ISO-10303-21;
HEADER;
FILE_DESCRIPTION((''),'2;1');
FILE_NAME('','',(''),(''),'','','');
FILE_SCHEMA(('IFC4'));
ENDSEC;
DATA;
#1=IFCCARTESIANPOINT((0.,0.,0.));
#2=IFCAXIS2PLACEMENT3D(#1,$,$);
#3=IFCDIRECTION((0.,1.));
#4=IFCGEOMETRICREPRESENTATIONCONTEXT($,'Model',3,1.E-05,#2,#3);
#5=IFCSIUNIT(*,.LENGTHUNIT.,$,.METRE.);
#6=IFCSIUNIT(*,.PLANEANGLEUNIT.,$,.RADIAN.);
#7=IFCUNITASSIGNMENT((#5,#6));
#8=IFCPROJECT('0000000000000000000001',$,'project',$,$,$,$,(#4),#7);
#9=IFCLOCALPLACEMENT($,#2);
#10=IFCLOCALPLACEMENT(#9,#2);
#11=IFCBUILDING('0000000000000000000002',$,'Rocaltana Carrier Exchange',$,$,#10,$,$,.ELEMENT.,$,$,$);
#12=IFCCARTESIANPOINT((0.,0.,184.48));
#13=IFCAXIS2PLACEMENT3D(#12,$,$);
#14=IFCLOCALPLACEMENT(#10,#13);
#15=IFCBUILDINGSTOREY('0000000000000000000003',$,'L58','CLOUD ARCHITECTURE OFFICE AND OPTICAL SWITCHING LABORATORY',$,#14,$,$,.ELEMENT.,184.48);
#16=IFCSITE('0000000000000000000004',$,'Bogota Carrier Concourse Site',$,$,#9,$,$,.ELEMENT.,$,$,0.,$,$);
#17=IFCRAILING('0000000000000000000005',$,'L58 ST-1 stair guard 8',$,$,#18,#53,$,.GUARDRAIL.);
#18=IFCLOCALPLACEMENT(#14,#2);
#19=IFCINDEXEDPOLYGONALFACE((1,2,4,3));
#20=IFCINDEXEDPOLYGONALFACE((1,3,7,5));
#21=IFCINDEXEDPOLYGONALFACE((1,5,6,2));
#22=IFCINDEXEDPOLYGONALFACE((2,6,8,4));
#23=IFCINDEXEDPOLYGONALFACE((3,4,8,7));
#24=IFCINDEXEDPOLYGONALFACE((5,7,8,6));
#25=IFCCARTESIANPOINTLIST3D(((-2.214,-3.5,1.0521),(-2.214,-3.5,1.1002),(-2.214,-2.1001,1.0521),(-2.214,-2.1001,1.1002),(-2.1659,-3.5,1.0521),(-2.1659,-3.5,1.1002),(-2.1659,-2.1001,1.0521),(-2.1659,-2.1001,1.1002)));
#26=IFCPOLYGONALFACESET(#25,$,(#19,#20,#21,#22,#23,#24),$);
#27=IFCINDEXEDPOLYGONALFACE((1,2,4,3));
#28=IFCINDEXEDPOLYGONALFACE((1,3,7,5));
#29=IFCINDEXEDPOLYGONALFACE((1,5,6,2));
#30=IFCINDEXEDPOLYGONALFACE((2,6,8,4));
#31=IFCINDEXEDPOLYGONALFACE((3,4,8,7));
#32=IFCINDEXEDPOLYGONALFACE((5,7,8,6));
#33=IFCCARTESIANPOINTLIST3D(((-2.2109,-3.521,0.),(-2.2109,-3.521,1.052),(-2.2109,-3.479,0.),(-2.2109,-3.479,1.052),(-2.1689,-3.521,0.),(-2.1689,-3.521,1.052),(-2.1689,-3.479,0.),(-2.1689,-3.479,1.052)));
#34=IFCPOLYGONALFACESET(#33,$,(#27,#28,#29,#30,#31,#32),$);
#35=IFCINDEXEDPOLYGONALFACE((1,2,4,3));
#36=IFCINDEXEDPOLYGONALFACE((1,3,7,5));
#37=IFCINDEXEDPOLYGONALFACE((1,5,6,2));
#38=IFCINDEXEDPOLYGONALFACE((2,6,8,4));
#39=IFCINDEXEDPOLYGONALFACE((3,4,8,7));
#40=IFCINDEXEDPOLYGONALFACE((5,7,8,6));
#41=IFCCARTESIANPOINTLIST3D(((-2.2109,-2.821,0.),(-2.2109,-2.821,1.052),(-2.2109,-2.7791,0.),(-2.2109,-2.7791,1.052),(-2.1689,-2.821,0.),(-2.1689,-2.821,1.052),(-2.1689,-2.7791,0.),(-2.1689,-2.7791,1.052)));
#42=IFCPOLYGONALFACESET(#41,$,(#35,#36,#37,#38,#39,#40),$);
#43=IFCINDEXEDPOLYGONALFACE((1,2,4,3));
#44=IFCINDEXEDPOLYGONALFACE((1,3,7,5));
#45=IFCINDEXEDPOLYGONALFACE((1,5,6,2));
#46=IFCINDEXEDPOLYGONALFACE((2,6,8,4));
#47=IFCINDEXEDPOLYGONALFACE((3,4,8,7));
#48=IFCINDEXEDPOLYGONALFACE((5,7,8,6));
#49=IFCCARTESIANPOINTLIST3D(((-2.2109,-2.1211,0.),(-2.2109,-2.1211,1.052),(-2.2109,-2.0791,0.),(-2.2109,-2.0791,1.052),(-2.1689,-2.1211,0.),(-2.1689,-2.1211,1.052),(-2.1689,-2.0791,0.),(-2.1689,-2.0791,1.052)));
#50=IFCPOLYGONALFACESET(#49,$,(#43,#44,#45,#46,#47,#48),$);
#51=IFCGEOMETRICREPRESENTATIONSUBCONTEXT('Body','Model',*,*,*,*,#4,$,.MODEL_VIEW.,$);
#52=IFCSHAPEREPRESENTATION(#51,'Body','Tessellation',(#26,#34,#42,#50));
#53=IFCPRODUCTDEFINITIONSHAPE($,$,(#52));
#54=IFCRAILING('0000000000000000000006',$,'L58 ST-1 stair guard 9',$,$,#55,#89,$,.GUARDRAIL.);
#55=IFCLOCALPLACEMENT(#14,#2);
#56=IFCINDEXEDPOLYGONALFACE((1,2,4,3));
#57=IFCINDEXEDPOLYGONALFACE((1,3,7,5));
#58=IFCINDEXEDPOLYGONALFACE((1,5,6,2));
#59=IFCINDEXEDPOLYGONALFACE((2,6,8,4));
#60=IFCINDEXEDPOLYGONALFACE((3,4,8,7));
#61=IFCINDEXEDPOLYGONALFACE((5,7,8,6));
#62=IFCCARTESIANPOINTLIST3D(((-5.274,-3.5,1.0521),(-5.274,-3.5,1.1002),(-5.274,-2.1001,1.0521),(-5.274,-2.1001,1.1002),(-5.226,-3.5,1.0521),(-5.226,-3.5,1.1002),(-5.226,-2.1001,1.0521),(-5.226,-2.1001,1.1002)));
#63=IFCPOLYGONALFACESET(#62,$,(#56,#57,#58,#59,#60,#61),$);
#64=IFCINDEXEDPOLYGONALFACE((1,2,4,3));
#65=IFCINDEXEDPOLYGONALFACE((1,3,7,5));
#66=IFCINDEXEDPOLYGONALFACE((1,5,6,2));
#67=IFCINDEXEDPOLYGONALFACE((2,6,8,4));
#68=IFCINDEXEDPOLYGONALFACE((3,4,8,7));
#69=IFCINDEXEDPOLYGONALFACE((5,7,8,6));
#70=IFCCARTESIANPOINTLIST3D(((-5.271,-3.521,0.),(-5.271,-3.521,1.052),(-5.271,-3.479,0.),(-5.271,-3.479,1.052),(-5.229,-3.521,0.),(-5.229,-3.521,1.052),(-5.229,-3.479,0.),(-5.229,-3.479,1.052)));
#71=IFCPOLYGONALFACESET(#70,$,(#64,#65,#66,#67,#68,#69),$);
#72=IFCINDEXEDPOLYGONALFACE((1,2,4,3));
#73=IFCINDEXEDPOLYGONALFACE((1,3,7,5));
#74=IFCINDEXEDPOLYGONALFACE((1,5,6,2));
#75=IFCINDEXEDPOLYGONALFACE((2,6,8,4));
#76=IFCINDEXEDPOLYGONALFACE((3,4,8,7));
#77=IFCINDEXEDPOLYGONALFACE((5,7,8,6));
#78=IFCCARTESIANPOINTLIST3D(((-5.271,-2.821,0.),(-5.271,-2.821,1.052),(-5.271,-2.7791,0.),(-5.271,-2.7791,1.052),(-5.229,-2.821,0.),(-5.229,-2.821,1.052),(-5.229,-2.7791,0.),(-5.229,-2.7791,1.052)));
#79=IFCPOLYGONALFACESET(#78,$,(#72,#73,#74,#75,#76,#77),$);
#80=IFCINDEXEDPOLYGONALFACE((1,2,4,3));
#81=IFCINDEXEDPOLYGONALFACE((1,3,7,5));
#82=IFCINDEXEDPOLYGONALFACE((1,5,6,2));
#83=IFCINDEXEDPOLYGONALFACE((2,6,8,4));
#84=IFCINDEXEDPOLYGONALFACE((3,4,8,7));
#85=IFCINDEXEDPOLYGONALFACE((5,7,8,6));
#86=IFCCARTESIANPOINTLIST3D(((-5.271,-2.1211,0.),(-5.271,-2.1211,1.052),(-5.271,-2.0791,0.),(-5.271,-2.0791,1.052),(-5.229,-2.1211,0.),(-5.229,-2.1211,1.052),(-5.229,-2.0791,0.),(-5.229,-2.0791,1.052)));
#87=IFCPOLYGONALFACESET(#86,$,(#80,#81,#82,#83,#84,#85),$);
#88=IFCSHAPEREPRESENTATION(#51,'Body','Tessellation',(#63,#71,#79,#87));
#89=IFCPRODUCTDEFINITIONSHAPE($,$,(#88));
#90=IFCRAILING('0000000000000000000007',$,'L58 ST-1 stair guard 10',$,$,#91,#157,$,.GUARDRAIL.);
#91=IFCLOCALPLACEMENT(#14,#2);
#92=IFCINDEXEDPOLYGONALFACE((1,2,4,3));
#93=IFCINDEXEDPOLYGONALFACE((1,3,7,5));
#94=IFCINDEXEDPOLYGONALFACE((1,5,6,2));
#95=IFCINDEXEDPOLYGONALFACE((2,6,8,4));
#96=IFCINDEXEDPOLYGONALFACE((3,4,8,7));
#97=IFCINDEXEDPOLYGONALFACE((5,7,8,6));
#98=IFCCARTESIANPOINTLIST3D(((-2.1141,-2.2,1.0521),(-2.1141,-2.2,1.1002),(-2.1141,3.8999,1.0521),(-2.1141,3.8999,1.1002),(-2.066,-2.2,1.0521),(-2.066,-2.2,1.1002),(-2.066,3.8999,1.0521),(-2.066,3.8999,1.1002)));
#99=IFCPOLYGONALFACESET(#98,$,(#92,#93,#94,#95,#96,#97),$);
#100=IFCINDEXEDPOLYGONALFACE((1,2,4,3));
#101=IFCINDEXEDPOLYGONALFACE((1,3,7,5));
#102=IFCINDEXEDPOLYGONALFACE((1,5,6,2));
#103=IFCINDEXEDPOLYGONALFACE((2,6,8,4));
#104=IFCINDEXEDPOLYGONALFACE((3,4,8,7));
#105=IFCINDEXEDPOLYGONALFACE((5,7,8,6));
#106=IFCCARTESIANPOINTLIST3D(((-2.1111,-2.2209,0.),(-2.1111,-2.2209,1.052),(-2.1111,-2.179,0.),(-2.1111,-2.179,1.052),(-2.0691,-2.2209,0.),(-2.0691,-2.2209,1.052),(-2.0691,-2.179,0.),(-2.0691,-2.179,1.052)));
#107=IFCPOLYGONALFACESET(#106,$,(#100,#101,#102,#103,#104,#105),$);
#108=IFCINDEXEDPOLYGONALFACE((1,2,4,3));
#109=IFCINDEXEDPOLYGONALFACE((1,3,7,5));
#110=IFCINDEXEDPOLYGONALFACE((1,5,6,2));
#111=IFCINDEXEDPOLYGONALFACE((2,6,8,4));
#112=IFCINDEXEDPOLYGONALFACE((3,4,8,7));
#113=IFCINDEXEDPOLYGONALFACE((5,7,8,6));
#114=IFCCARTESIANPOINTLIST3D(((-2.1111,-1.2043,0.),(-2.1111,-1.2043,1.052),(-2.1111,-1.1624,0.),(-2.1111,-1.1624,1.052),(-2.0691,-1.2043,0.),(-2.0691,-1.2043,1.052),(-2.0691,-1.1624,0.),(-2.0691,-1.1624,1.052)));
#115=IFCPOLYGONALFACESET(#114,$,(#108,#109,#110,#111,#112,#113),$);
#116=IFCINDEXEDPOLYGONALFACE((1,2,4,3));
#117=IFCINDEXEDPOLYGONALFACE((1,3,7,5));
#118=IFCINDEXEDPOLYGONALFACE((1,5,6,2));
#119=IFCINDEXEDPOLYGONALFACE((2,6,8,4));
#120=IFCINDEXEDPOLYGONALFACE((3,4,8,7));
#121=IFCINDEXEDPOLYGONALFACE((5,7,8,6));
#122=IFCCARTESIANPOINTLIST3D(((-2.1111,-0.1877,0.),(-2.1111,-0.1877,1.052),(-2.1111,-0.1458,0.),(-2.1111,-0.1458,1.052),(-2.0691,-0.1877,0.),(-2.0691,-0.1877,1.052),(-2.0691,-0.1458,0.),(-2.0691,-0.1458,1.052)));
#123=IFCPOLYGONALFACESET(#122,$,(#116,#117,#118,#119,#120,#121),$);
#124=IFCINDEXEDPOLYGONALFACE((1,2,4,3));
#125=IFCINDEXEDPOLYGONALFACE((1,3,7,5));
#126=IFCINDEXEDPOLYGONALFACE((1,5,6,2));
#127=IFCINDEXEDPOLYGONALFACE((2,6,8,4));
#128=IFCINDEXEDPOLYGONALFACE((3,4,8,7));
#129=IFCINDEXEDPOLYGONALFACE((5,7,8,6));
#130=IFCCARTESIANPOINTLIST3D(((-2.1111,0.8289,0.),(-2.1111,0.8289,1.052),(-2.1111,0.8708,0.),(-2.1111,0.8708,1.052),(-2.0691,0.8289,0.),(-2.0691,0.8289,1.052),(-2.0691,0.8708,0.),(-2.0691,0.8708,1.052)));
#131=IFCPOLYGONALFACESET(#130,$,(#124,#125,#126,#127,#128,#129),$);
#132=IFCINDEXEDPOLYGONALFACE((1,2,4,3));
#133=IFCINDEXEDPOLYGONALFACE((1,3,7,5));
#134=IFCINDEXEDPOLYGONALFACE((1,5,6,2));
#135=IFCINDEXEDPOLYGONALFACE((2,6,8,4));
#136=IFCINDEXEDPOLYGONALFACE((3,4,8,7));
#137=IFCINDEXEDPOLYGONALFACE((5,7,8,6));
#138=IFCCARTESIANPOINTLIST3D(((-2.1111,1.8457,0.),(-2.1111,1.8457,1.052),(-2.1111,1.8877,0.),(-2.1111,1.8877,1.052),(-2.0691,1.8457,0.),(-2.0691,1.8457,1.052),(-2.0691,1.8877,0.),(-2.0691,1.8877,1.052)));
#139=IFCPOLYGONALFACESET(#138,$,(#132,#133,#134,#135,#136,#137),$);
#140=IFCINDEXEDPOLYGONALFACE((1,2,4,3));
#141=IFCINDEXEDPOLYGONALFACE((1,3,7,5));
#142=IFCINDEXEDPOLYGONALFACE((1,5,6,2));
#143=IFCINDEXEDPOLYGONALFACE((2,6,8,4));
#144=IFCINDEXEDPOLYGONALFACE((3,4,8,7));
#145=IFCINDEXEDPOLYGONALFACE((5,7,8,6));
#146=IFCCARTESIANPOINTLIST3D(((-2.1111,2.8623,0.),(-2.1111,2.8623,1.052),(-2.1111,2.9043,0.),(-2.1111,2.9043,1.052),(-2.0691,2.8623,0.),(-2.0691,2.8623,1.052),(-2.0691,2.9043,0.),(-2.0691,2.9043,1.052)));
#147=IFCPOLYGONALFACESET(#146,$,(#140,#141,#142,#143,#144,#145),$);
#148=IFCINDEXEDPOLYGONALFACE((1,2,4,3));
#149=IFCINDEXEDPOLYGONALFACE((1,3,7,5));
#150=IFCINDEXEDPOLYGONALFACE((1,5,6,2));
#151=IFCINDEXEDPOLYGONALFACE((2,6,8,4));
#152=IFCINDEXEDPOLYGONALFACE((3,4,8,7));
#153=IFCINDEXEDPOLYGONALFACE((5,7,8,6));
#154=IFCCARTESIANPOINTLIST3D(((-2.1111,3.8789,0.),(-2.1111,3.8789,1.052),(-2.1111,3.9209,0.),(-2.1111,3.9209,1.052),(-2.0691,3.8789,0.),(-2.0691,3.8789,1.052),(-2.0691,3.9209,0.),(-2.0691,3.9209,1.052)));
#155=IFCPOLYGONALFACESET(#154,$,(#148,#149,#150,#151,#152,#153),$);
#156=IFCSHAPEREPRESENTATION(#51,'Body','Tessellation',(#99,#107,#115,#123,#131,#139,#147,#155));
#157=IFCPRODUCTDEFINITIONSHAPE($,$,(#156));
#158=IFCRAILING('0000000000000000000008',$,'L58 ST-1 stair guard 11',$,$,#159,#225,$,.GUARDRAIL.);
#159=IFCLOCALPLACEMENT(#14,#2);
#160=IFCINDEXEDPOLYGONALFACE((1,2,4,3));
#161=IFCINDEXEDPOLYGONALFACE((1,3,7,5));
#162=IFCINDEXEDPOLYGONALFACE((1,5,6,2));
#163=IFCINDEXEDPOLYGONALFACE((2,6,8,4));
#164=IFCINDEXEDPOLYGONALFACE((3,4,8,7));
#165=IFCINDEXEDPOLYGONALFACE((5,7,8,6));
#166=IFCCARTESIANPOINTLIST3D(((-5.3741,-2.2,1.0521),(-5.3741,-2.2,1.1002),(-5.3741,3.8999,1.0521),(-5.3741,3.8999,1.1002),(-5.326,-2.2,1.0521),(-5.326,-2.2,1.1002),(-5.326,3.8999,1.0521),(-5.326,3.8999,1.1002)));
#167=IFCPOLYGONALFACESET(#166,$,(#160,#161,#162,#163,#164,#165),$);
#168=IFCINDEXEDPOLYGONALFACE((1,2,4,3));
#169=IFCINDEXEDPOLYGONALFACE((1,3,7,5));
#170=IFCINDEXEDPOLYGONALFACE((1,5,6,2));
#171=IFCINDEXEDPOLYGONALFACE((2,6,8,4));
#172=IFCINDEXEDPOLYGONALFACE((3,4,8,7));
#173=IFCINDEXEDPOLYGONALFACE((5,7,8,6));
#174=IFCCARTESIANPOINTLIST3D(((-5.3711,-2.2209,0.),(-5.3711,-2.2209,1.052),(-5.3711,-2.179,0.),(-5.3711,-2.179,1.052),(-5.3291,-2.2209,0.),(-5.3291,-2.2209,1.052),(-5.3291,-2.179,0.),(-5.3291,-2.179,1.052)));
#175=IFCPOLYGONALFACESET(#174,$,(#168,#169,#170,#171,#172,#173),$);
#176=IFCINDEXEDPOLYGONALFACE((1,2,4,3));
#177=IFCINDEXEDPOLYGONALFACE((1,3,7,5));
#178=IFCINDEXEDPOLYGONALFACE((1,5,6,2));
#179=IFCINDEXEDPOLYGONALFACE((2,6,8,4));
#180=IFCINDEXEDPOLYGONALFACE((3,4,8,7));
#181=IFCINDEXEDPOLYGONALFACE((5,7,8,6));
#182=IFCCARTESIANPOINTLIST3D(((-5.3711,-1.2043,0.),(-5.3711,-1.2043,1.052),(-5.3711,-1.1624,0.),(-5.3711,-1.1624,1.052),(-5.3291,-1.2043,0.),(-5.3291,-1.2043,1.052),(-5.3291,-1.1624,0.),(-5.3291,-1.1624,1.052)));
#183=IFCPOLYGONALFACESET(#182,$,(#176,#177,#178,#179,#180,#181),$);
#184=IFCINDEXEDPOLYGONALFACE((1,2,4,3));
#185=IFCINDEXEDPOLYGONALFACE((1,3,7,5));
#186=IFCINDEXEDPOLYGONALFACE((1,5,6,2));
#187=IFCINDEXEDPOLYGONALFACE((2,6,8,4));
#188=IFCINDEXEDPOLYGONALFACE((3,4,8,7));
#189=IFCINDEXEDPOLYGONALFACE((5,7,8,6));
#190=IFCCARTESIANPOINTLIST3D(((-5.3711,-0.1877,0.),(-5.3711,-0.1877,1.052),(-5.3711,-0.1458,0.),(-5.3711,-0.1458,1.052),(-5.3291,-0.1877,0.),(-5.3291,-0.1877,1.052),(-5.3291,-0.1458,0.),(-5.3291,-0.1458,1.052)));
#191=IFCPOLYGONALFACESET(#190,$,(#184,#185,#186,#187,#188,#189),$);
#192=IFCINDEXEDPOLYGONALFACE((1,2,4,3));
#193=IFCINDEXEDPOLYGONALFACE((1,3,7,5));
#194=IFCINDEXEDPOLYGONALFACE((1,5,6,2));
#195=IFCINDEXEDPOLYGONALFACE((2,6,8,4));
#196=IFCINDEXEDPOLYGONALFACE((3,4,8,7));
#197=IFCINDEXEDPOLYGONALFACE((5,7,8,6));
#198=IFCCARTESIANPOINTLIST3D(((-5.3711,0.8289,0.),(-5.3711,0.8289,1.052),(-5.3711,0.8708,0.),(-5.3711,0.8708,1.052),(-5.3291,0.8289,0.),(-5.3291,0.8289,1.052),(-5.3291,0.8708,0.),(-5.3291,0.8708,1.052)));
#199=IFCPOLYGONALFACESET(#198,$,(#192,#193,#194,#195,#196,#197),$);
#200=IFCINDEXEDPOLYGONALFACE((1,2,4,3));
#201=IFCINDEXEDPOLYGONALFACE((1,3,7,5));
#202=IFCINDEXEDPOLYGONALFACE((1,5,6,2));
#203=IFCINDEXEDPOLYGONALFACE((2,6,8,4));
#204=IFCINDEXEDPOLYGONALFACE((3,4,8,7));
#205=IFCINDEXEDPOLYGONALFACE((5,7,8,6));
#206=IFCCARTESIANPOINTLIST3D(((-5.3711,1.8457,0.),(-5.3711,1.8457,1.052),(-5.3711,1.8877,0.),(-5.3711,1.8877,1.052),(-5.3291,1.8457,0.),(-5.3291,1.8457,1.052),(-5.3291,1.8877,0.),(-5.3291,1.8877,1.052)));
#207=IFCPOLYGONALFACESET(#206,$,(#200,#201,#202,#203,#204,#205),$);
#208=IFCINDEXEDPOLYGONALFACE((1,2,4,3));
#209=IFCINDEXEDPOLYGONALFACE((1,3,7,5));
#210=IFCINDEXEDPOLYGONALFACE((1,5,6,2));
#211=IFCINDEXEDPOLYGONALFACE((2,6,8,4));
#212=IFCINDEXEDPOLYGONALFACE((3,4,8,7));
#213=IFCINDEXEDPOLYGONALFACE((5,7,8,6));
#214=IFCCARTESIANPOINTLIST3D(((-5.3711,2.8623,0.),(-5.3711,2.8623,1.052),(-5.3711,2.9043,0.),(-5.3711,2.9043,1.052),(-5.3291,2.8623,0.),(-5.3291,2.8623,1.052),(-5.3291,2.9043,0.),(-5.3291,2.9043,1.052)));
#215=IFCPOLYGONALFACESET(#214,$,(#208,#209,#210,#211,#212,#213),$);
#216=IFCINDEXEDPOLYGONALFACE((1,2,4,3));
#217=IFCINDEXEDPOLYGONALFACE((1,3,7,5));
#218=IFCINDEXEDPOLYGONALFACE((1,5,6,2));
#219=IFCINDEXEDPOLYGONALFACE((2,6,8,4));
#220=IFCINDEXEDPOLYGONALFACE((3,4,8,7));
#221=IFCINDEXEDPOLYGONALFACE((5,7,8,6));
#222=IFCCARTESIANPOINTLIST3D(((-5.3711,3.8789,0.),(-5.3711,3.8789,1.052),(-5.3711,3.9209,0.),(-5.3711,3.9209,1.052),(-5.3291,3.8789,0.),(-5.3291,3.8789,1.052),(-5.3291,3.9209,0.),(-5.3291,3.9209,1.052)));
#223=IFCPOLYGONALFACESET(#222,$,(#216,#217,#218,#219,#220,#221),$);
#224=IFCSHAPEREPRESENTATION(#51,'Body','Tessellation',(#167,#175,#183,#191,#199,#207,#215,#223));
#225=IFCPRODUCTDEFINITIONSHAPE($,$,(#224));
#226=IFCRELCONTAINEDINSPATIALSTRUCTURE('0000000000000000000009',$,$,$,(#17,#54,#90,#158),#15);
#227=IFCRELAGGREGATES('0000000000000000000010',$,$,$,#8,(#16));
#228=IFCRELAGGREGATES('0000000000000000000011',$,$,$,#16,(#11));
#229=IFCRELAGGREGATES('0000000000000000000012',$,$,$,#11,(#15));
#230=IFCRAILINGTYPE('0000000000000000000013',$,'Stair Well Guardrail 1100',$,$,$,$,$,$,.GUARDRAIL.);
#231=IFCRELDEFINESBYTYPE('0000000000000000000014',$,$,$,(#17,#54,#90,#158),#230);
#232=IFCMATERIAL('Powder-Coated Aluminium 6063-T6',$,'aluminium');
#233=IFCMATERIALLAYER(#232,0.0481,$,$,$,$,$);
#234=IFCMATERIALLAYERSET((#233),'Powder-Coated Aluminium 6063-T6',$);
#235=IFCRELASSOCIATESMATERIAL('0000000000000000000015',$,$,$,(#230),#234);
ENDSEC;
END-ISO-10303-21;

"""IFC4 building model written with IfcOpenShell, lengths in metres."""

from ifc_helpers import new_model, si_unit, direction, frame, origin, origin_2d, place, context, subcontext, project, spatial, rectangle, extrude, material, layer, layer_set, type_object, element, save


model = new_model("IFC4")

# Units and contexts
model_context = context("Model", 3, precision=1e-05, world=origin(), true_north=direction((0.0, 1.0)))
body_context = subcontext(model_context, "Body", "Model", "MODEL_VIEW")
ifc_project = project(units=[si_unit("LENGTHUNIT", "METRE"), si_unit("PLANEANGLEUNIT", "RADIAN")], contexts=[model_context])

# Site, building, storey
site_placement = place(None, origin())
site = spatial("IfcSite", under=ifc_project, at=site_placement, Name="Bogota Carrier Concourse Site", CompositionType="ELEMENT", RefElevation=0.0)
building_placement = place(site_placement, origin())
building = spatial("IfcBuilding", under=site, at=building_placement, Name="Rocaltana Carrier Exchange", CompositionType="ELEMENT")
storey_placement = place(building_placement, frame((0.0, 0.0, 184.48)))
storey = spatial("IfcBuildingStorey", under=building, at=storey_placement, Name="L58", Description="CLOUD ARCHITECTURE OFFICE AND OPTICAL SWITCHING LABORATORY", CompositionType="ELEMENT", Elevation=184.48)

# Railings
ifc_material_1 = material(Name="Powder-Coated Aluminium 6063-T6", Category="aluminium")
ifc_layer_1 = layer(ifc_material_1, 0.0481)
ifc_layer_set_1 = layer_set([ifc_layer_1], Name="Powder-Coated Aluminium 6063-T6")
railing_type_1 = type_object("IfcRailingType", Name="Stair Well Guardrail 1100", PredefinedType="GUARDRAIL", material=ifc_layer_set_1)
for number, where, name in (
    (1, (-2.1899, -3.5, 0.0), "L58 ST-1 stair guard 8"),
    (2, (-5.25, -3.5, 0.0), "L58 ST-1 stair guard 9"),
):
    element("IfcRailing", number, at=place(storey_placement, frame(where)), inside=storey, type_object=railing_type_1, Name=name, PredefinedType="GUARDRAIL", context=body_context, shape_type="SweptSolid", body=[
        extrude(rectangle(XDim=0.0481, YDim=0.0481, at=origin_2d()), frame((0.0, 0.0, 1.0762), z_axis=(0.0, 1.0, 0.0), x_axis=(-1.0, 0.0, 0.0)), (0.0, 0.0, 1.0), 1.3999),
        extrude(rectangle(XDim=0.042, YDim=0.042, at=origin_2d()), origin(), (0.0, 0.0, 1.0), 1.052),
        extrude(rectangle(XDim=0.042, YDim=0.042, at=origin_2d()), frame((0.0, 0.7, 0.0)), (0.0, 0.0, 1.0), 1.052),
        extrude(rectangle(XDim=0.042, YDim=0.042, at=origin_2d()), frame((0.0, 1.3999, 0.0)), (0.0, 0.0, 1.0), 1.052),
    ])
for number, where, name in (
    (3, (-2.0901, -2.2, 0.0), "L58 ST-1 stair guard 10"),
    (4, (-5.3501, -2.2, 0.0), "L58 ST-1 stair guard 11"),
):
    element("IfcRailing", number, at=place(storey_placement, frame(where)), inside=storey, type_object=railing_type_1, Name=name, PredefinedType="GUARDRAIL", context=body_context, shape_type="SweptSolid", body=[
        extrude(rectangle(XDim=0.0481, YDim=0.0481, at=origin_2d()), frame((0.0, 0.0, 1.0762), z_axis=(0.0, 1.0, 0.0), x_axis=(-1.0, 0.0, 0.0)), (0.0, 0.0, 1.0), 6.0999),
        extrude(rectangle(XDim=0.042, YDim=0.042, at=origin_2d()), origin(), (0.0, 0.0, 1.0), 1.052),
        extrude(rectangle(XDim=0.042, YDim=0.042, at=origin_2d()), frame((0.0, 1.0166, 0.0)), (0.0, 0.0, 1.0), 1.052),
        extrude(rectangle(XDim=0.042, YDim=0.042, at=origin_2d()), frame((0.0, 2.0332, 0.0)), (0.0, 0.0, 1.0), 1.052),
        extrude(rectangle(XDim=0.042, YDim=0.042, at=origin_2d()), frame((0.0, 3.0498, 0.0)), (0.0, 0.0, 1.0), 1.052),
        extrude(rectangle(XDim=0.042, YDim=0.042, at=origin_2d()), frame((0.0, 4.0667, 0.0)), (0.0, 0.0, 1.0), 1.052),
        extrude(rectangle(XDim=0.042, YDim=0.042, at=origin_2d()), frame((0.0, 5.0833, 0.0)), (0.0, 0.0, 1.0), 1.052),
        extrude(rectangle(XDim=0.042, YDim=0.042, at=origin_2d()), frame((0.0, 6.0999, 0.0)), (0.0, 0.0, 1.0), 1.052),
    ])

save(model, "model.ifc")
